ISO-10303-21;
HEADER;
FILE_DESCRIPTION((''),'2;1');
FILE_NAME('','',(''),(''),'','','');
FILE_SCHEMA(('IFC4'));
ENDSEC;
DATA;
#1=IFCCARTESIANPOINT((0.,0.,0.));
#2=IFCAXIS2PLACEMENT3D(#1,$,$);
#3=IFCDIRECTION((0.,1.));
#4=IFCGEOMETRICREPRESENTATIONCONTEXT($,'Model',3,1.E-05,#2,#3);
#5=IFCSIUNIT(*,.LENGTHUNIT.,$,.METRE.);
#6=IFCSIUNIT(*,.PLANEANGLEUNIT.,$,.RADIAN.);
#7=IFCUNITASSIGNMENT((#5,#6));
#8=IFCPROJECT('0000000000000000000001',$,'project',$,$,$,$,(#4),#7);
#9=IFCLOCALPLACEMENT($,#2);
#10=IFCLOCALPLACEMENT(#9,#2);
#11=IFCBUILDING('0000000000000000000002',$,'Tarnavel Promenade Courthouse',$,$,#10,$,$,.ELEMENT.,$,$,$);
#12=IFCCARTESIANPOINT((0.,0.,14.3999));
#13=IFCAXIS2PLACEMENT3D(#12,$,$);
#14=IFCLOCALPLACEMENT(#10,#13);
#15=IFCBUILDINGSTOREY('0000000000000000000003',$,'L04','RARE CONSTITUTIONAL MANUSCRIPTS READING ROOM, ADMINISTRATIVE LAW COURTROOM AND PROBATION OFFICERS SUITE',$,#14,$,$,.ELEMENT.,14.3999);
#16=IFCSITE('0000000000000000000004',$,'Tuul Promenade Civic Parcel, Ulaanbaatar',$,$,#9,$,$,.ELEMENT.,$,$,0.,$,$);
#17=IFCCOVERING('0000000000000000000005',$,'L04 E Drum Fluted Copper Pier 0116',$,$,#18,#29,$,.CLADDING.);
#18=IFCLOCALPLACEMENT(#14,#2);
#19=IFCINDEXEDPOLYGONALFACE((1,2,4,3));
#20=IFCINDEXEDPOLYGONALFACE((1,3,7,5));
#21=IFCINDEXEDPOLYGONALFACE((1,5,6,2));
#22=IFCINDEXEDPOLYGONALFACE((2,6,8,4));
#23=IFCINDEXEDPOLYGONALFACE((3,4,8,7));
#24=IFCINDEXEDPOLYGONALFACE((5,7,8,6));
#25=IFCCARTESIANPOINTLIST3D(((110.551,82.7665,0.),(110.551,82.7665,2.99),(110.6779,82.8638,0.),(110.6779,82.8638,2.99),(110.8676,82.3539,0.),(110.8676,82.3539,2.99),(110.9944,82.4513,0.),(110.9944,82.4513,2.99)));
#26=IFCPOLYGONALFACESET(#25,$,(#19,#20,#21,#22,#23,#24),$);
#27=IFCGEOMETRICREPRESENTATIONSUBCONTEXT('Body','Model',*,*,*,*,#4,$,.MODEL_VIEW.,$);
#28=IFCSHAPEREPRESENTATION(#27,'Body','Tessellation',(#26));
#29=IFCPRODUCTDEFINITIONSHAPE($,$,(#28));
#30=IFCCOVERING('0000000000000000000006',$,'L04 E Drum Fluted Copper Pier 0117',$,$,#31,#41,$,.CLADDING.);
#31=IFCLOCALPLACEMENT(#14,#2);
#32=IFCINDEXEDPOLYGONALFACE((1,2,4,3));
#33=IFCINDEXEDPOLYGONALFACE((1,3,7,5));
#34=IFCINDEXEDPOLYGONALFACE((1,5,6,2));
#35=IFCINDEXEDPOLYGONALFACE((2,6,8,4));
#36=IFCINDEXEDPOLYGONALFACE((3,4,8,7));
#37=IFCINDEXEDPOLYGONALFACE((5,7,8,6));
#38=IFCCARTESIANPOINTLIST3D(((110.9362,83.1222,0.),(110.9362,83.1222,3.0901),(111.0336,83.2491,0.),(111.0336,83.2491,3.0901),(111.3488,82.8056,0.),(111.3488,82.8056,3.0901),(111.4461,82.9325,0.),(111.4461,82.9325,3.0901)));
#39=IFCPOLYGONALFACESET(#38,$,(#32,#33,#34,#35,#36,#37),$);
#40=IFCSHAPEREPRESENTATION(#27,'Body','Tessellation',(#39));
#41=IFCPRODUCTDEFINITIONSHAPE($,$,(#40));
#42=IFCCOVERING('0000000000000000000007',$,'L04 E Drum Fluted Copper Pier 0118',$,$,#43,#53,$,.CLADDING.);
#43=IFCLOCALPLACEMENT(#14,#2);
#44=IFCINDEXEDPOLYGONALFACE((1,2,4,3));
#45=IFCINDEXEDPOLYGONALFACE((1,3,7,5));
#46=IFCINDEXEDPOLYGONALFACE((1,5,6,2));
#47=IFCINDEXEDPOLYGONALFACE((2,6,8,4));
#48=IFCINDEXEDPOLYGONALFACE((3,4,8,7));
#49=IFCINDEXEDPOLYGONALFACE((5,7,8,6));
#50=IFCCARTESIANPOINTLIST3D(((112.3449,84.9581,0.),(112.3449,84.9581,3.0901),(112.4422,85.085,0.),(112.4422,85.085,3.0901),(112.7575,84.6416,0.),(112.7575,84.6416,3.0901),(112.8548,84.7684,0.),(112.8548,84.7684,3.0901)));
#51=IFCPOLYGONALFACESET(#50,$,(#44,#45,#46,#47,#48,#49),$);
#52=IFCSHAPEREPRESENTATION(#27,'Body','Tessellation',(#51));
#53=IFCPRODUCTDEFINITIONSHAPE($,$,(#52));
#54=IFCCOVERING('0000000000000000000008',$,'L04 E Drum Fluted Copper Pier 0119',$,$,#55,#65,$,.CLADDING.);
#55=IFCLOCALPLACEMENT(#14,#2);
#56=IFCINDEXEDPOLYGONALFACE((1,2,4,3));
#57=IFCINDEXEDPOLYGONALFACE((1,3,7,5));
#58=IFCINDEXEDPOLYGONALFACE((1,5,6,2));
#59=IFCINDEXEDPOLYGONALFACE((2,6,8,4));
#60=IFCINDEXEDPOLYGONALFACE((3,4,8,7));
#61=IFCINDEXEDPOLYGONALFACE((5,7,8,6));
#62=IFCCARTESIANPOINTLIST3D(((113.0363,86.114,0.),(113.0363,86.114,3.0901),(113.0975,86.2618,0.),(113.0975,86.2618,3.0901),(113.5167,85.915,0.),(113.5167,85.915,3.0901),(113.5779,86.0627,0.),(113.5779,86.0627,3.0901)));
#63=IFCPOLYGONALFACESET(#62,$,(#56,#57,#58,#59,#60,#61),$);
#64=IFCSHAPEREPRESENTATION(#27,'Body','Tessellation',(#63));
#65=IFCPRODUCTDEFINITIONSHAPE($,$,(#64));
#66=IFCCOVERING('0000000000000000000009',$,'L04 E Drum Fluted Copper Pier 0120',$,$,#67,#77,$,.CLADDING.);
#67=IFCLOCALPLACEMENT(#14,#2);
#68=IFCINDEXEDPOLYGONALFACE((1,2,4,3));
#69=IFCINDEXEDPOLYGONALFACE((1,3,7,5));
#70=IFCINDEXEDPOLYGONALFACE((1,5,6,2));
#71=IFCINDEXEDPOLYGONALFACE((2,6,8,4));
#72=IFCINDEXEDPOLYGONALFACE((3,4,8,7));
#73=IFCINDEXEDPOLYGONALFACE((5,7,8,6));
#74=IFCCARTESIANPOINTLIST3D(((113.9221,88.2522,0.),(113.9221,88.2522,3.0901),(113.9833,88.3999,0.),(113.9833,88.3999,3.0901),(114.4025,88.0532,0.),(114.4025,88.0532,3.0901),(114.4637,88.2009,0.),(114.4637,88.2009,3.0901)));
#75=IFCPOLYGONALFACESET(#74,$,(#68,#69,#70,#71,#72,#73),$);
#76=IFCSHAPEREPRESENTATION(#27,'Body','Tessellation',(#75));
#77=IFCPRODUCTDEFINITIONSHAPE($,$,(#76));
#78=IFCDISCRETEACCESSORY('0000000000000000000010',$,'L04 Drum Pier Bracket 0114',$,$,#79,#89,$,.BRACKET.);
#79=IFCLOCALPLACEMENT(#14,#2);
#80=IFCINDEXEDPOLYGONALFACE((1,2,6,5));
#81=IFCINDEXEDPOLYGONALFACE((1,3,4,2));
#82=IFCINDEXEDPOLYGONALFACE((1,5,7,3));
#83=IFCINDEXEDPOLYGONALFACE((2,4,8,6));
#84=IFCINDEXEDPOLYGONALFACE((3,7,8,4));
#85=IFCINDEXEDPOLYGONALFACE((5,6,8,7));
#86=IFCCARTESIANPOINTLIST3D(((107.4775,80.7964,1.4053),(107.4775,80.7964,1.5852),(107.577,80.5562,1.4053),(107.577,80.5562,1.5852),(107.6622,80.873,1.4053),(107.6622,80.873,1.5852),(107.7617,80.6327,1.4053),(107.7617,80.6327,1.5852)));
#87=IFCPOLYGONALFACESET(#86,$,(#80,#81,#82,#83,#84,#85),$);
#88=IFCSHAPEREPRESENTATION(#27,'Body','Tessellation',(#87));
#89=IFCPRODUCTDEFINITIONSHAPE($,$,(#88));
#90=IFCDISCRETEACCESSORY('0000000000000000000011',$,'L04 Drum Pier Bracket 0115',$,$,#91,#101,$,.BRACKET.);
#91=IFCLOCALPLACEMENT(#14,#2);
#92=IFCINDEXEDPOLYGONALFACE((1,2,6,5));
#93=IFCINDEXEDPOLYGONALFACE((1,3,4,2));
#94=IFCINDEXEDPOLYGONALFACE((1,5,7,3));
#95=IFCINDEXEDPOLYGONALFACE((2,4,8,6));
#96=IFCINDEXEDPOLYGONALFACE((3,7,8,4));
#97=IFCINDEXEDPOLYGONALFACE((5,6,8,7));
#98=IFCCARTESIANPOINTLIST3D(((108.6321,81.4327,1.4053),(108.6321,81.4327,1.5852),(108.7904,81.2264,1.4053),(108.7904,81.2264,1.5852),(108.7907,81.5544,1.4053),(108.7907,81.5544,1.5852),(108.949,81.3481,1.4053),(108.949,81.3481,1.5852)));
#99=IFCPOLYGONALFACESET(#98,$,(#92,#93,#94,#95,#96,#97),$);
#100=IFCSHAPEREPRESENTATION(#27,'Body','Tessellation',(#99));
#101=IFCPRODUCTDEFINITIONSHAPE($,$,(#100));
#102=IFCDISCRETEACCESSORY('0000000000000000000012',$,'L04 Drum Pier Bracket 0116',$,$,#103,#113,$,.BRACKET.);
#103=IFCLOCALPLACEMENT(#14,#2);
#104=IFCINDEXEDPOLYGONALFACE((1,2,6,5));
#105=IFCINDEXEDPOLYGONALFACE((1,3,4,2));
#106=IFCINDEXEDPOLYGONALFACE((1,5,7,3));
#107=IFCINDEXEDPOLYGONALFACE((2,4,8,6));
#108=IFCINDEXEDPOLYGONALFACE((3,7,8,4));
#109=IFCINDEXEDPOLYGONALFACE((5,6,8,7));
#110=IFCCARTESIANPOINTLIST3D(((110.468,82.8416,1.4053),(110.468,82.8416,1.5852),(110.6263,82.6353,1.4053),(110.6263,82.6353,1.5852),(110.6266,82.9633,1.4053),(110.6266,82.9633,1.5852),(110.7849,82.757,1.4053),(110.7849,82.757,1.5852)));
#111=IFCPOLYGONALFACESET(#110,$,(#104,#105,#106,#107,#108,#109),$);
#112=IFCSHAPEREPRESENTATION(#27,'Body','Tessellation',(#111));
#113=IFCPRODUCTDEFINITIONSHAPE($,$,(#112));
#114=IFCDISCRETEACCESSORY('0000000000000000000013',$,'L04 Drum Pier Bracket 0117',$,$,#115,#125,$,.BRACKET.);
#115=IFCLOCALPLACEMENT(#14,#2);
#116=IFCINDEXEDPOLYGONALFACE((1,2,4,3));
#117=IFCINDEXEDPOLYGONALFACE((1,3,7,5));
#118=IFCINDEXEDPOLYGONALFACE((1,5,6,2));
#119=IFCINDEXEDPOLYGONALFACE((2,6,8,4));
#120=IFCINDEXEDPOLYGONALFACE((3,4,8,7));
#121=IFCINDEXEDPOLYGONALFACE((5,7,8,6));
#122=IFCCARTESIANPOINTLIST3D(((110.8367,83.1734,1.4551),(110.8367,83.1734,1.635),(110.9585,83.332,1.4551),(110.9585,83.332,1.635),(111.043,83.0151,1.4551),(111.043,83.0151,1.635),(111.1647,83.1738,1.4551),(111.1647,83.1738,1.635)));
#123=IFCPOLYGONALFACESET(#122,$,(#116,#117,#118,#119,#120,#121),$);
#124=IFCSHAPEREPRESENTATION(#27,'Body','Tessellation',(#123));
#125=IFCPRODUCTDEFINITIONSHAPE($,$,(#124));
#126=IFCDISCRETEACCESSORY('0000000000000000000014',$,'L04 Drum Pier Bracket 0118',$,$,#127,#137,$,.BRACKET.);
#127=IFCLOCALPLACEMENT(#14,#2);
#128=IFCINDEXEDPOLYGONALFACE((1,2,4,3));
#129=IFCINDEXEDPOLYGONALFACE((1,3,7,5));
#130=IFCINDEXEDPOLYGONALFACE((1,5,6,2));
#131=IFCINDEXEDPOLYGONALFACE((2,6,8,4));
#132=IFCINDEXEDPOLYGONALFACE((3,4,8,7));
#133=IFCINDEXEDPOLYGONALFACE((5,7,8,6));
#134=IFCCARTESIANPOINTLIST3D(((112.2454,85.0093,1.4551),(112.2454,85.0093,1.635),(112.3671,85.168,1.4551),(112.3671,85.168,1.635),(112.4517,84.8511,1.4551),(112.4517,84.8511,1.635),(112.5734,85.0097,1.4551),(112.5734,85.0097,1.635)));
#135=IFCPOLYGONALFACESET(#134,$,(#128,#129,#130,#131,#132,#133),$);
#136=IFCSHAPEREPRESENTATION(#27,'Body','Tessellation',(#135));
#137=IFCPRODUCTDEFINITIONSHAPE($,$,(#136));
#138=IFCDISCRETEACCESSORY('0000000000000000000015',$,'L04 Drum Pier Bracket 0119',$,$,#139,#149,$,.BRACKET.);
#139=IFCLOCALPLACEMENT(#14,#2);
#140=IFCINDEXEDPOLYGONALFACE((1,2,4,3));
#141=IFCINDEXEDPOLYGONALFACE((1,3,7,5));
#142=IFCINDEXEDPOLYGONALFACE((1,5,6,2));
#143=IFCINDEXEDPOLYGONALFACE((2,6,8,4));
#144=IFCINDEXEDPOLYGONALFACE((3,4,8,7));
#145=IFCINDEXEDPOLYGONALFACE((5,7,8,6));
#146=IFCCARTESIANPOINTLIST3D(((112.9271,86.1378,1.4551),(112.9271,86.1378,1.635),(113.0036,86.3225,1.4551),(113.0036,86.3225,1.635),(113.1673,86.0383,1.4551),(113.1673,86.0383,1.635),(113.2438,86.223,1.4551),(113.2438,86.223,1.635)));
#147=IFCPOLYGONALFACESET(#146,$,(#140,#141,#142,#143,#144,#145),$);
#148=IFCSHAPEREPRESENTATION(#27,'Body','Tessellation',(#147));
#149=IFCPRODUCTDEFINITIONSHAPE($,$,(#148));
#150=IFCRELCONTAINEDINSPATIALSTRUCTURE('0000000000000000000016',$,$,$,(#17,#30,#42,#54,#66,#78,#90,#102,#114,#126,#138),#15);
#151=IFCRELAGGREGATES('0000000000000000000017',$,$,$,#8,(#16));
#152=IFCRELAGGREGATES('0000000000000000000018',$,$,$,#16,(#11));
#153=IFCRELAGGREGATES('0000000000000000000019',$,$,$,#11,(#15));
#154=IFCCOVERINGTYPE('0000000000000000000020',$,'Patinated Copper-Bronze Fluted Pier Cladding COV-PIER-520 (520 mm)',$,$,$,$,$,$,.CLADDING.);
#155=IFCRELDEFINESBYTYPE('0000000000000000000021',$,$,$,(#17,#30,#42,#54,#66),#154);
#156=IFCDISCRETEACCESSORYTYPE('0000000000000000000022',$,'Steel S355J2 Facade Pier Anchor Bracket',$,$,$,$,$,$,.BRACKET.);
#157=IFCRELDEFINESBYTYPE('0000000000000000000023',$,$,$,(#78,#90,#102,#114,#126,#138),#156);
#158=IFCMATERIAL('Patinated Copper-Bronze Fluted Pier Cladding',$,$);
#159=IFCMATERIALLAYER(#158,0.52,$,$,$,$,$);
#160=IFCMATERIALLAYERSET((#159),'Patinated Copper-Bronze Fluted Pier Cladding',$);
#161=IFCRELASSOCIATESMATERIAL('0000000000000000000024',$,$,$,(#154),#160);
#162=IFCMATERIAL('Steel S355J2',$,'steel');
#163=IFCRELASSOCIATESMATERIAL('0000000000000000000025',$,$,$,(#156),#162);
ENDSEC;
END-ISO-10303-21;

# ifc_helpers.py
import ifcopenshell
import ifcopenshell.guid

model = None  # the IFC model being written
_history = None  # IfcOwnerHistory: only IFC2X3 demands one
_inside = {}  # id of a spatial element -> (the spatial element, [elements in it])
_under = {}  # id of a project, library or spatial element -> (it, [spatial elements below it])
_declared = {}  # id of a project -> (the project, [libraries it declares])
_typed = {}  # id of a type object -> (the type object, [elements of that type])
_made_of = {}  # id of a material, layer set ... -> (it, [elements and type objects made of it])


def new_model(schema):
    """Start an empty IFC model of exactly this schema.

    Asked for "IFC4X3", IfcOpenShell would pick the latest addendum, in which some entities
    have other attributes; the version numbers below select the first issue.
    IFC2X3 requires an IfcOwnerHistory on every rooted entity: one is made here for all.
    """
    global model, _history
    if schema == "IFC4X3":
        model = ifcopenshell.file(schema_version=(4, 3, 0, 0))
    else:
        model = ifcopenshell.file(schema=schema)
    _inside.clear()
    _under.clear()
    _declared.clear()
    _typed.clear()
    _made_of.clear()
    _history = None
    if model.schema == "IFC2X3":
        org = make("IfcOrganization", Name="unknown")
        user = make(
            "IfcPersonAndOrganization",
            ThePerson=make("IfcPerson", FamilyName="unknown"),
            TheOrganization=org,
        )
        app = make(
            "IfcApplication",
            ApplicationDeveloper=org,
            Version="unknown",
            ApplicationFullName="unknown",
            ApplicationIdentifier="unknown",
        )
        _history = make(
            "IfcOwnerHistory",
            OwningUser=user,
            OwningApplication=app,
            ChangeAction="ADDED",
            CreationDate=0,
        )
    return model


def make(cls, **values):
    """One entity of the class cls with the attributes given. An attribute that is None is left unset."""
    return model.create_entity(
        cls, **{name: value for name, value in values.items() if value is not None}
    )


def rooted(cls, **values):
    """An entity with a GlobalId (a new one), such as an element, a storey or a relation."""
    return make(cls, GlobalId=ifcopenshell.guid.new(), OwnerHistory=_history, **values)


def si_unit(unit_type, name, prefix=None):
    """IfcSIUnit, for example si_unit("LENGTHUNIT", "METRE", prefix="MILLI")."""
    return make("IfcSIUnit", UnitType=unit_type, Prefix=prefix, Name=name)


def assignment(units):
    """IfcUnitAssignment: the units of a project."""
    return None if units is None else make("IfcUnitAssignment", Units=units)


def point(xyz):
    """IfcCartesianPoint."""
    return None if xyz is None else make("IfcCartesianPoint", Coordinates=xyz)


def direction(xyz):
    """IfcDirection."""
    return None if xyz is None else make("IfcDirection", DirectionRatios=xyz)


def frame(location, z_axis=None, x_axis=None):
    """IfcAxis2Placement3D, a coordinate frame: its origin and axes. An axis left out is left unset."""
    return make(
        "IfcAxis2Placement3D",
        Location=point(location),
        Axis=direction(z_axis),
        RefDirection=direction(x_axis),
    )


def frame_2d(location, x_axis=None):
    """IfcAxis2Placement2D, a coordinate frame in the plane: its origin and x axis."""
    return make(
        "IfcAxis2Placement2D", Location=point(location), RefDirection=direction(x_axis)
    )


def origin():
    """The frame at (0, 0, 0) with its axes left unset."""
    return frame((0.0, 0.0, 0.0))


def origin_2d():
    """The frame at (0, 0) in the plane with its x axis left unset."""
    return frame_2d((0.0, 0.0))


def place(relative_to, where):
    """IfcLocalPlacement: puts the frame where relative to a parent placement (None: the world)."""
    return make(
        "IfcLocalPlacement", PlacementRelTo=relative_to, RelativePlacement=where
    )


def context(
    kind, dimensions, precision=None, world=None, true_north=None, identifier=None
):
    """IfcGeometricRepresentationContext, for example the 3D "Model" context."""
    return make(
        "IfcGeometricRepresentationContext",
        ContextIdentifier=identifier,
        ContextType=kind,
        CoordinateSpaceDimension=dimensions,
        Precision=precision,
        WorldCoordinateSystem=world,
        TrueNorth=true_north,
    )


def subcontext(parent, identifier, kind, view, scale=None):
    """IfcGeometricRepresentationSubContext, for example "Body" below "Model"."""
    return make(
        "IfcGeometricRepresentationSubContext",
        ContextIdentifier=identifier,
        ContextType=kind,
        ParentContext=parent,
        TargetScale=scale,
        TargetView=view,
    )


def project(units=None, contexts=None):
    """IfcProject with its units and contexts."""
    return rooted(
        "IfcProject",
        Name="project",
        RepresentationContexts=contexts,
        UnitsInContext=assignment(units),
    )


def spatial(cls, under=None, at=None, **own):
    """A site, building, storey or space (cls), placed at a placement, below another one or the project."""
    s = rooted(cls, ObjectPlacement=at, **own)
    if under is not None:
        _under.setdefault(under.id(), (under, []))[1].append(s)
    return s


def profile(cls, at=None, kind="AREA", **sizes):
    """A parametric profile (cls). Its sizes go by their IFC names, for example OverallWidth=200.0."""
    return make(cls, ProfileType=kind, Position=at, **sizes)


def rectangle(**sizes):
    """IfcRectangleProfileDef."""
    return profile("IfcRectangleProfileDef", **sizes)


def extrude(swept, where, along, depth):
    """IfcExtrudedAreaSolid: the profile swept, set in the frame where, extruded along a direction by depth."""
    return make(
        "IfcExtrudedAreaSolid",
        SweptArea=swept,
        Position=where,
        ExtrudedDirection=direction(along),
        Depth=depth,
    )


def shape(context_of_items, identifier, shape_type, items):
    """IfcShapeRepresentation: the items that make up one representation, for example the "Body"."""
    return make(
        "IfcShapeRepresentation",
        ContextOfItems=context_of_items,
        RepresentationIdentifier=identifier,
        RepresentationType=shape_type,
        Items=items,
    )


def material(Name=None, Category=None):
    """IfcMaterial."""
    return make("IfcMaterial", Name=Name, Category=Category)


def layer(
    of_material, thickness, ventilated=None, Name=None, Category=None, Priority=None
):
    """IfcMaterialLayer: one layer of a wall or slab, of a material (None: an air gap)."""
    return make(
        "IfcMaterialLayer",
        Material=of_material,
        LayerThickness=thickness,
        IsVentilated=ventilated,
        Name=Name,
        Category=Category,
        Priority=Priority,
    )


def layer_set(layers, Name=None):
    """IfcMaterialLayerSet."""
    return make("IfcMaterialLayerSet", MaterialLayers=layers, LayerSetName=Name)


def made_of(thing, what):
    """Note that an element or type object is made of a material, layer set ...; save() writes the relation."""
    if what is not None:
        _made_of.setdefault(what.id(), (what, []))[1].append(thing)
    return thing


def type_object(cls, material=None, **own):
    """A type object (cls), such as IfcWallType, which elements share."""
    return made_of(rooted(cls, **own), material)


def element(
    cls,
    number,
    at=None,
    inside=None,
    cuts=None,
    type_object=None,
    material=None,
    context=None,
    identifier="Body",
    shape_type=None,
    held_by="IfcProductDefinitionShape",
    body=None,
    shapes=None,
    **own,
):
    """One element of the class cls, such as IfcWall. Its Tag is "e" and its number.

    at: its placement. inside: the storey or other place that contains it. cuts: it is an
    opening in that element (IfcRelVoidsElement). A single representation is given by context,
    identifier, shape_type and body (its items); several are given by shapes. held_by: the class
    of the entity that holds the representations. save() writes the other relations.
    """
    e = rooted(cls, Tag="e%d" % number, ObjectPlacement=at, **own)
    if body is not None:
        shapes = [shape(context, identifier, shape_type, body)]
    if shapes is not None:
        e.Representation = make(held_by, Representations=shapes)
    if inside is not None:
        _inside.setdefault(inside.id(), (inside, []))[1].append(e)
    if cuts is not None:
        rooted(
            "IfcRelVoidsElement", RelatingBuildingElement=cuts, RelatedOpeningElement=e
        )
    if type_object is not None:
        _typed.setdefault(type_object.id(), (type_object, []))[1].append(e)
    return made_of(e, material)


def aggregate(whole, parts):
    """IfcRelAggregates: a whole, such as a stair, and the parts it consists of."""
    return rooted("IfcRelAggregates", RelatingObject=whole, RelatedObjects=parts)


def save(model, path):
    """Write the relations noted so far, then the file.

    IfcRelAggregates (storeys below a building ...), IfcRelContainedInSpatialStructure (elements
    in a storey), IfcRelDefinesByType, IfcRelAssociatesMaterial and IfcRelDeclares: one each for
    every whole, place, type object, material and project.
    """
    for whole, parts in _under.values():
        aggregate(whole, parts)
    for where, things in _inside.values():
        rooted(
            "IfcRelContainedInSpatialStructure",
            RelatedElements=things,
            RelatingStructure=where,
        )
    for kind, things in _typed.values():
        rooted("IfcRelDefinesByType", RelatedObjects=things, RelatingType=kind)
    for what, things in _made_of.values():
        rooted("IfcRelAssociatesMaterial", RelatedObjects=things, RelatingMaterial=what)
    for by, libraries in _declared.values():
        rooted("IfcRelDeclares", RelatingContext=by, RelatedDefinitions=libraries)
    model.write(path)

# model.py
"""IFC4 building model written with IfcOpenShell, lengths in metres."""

from ifc_helpers import new_model, si_unit, direction, frame, origin, origin_2d, place, context, subcontext, project, spatial, rectangle, extrude, material, layer, layer_set, type_object, element, save


model = new_model("IFC4")

# Units and contexts
model_context = context("Model", 3, precision=1e-05, world=origin(), true_north=direction((0.0, 1.0)))
body_context = subcontext(model_context, "Body", "Model", "MODEL_VIEW")
ifc_project = project(units=[si_unit("LENGTHUNIT", "METRE"), si_unit("PLANEANGLEUNIT", "RADIAN")], contexts=[model_context])

# Site, building, storey
site_placement = place(None, origin())
site = spatial("IfcSite", under=ifc_project, at=site_placement, Name="Tuul Promenade Civic Parcel, Ulaanbaatar", CompositionType="ELEMENT", RefElevation=0.0)
building_placement = place(site_placement, origin())
building = spatial("IfcBuilding", under=site, at=building_placement, Name="Tarnavel Promenade Courthouse", CompositionType="ELEMENT")
storey_placement = place(building_placement, frame((0.0, 0.0, 14.3999)))
storey = spatial("IfcBuildingStorey", under=building, at=storey_placement, Name="L04", Description="RARE CONSTITUTIONAL MANUSCRIPTS READING ROOM, ADMINISTRATIVE LAW COURTROOM AND PROBATION OFFICERS SUITE", CompositionType="ELEMENT", Elevation=14.3999)

# Shared definitions
ifc_material_1 = material(Name="Steel S355J2", Category="steel")

# Coverings
ifc_material_2 = material(Name="Patinated Copper-Bronze Fluted Pier Cladding")
ifc_layer_1 = layer(ifc_material_2, 0.52)
ifc_layer_set_1 = layer_set([ifc_layer_1], Name="Patinated Copper-Bronze Fluted Pier Cladding")
covering_type = type_object("IfcCoveringType", Name="Patinated Copper-Bronze Fluted Pier Cladding COV-PIER-520 (520 mm)", PredefinedType="CLADDING", material=ifc_layer_set_1)
for number, where, z_axis, x_axis, name in (
    (1, (110.7727, 82.6089, 0.0), (0.0, 0.0, 1.0), (0.793353, 0.608761, 0.0), "L04 E Drum Fluted Copper Pier 0116"),
):
    element("IfcCovering", number, at=place(storey_placement, frame(where, z_axis=z_axis, x_axis=x_axis)), inside=storey, type_object=covering_type, Name=name, PredefinedType="CLADDING", context=body_context, shape_type="SweptSolid", body=[
        extrude(rectangle(XDim=0.1599, YDim=0.52, at=origin_2d()), origin(), (0.0, 0.0, 1.0), 2.99),
    ])
for number, where, z_axis, x_axis, name in (
    (2, (111.1912, 83.0273, 0.0), (0.0, 0.0, 1.0), (0.608761, 0.793353, 0.0), "L04 E Drum Fluted Copper Pier 0117"),
    (3, (112.5999, 84.8633, 0.0), (0.0, 0.0, 1.0), (0.608761, 0.793353, 0.0), "L04 E Drum Fluted Copper Pier 0118"),
    (4, (113.3071, 86.0884, 0.0), (0.0, 0.0, 1.0), (0.382683, 0.92388, 0.0), "L04 E Drum Fluted Copper Pier 0119"),
    (5, (114.1929, 88.2266, 0.0), (0.0, 0.0, 1.0), (0.382683, 0.92388, 0.0), "L04 E Drum Fluted Copper Pier 0120"),
):
    element("IfcCovering", number, at=place(storey_placement, frame(where, z_axis=z_axis, x_axis=x_axis)), inside=storey, type_object=covering_type, Name=name, PredefinedType="CLADDING", context=body_context, shape_type="SweptSolid", body=[
        extrude(rectangle(XDim=0.1599, YDim=0.52, at=origin_2d()), origin(), (0.0, 0.0, 1.0), 3.0901),
    ])

# Discrete accessories
discrete_accessory_type = type_object("IfcDiscreteAccessoryType", Name="Steel S355J2 Facade Pier Anchor Bracket", PredefinedType="BRACKET", material=ifc_material_1)
for number, where, z_axis, x_axis, name in (
    (6, (107.6196, 80.7146, 1.4053), (0.0, 0.0, 1.0), (0.92388, 0.382683, 0.0), "L04 Drum Pier Bracket 0114"),
    (7, (108.7905, 81.3904, 1.4053), (0.0, 0.0, 1.0), (0.793353, 0.608761, 0.0), "L04 Drum Pier Bracket 0115"),
    (8, (110.6265, 82.7993, 1.4053), (0.0, 0.0, 1.0), (0.793353, 0.608761, 0.0), "L04 Drum Pier Bracket 0116"),
    (9, (111.0007, 83.1736, 1.4551), (0.0, 0.0, 1.0), (0.608761, 0.793353, 0.0), "L04 Drum Pier Bracket 0117"),
    (10, (112.4094, 85.0095, 1.4551), (0.0, 0.0, 1.0), (0.608761, 0.793353, 0.0), "L04 Drum Pier Bracket 0118"),
    (11, (113.0854, 86.1804, 1.4551), (0.0, 0.0, 1.0), (0.382683, 0.92388, 0.0), "L04 Drum Pier Bracket 0119"),
):
    element("IfcDiscreteAccessory", number, at=place(storey_placement, frame(where, z_axis=z_axis, x_axis=x_axis)), inside=storey, type_object=discrete_accessory_type, Name=name, PredefinedType="BRACKET", context=body_context, shape_type="SweptSolid", body=[
        extrude(rectangle(XDim=0.2, YDim=0.26, at=origin_2d()), origin(), (0.0, 0.0, 1.0), 0.1799),
    ])

save(model, "model.ifc")
